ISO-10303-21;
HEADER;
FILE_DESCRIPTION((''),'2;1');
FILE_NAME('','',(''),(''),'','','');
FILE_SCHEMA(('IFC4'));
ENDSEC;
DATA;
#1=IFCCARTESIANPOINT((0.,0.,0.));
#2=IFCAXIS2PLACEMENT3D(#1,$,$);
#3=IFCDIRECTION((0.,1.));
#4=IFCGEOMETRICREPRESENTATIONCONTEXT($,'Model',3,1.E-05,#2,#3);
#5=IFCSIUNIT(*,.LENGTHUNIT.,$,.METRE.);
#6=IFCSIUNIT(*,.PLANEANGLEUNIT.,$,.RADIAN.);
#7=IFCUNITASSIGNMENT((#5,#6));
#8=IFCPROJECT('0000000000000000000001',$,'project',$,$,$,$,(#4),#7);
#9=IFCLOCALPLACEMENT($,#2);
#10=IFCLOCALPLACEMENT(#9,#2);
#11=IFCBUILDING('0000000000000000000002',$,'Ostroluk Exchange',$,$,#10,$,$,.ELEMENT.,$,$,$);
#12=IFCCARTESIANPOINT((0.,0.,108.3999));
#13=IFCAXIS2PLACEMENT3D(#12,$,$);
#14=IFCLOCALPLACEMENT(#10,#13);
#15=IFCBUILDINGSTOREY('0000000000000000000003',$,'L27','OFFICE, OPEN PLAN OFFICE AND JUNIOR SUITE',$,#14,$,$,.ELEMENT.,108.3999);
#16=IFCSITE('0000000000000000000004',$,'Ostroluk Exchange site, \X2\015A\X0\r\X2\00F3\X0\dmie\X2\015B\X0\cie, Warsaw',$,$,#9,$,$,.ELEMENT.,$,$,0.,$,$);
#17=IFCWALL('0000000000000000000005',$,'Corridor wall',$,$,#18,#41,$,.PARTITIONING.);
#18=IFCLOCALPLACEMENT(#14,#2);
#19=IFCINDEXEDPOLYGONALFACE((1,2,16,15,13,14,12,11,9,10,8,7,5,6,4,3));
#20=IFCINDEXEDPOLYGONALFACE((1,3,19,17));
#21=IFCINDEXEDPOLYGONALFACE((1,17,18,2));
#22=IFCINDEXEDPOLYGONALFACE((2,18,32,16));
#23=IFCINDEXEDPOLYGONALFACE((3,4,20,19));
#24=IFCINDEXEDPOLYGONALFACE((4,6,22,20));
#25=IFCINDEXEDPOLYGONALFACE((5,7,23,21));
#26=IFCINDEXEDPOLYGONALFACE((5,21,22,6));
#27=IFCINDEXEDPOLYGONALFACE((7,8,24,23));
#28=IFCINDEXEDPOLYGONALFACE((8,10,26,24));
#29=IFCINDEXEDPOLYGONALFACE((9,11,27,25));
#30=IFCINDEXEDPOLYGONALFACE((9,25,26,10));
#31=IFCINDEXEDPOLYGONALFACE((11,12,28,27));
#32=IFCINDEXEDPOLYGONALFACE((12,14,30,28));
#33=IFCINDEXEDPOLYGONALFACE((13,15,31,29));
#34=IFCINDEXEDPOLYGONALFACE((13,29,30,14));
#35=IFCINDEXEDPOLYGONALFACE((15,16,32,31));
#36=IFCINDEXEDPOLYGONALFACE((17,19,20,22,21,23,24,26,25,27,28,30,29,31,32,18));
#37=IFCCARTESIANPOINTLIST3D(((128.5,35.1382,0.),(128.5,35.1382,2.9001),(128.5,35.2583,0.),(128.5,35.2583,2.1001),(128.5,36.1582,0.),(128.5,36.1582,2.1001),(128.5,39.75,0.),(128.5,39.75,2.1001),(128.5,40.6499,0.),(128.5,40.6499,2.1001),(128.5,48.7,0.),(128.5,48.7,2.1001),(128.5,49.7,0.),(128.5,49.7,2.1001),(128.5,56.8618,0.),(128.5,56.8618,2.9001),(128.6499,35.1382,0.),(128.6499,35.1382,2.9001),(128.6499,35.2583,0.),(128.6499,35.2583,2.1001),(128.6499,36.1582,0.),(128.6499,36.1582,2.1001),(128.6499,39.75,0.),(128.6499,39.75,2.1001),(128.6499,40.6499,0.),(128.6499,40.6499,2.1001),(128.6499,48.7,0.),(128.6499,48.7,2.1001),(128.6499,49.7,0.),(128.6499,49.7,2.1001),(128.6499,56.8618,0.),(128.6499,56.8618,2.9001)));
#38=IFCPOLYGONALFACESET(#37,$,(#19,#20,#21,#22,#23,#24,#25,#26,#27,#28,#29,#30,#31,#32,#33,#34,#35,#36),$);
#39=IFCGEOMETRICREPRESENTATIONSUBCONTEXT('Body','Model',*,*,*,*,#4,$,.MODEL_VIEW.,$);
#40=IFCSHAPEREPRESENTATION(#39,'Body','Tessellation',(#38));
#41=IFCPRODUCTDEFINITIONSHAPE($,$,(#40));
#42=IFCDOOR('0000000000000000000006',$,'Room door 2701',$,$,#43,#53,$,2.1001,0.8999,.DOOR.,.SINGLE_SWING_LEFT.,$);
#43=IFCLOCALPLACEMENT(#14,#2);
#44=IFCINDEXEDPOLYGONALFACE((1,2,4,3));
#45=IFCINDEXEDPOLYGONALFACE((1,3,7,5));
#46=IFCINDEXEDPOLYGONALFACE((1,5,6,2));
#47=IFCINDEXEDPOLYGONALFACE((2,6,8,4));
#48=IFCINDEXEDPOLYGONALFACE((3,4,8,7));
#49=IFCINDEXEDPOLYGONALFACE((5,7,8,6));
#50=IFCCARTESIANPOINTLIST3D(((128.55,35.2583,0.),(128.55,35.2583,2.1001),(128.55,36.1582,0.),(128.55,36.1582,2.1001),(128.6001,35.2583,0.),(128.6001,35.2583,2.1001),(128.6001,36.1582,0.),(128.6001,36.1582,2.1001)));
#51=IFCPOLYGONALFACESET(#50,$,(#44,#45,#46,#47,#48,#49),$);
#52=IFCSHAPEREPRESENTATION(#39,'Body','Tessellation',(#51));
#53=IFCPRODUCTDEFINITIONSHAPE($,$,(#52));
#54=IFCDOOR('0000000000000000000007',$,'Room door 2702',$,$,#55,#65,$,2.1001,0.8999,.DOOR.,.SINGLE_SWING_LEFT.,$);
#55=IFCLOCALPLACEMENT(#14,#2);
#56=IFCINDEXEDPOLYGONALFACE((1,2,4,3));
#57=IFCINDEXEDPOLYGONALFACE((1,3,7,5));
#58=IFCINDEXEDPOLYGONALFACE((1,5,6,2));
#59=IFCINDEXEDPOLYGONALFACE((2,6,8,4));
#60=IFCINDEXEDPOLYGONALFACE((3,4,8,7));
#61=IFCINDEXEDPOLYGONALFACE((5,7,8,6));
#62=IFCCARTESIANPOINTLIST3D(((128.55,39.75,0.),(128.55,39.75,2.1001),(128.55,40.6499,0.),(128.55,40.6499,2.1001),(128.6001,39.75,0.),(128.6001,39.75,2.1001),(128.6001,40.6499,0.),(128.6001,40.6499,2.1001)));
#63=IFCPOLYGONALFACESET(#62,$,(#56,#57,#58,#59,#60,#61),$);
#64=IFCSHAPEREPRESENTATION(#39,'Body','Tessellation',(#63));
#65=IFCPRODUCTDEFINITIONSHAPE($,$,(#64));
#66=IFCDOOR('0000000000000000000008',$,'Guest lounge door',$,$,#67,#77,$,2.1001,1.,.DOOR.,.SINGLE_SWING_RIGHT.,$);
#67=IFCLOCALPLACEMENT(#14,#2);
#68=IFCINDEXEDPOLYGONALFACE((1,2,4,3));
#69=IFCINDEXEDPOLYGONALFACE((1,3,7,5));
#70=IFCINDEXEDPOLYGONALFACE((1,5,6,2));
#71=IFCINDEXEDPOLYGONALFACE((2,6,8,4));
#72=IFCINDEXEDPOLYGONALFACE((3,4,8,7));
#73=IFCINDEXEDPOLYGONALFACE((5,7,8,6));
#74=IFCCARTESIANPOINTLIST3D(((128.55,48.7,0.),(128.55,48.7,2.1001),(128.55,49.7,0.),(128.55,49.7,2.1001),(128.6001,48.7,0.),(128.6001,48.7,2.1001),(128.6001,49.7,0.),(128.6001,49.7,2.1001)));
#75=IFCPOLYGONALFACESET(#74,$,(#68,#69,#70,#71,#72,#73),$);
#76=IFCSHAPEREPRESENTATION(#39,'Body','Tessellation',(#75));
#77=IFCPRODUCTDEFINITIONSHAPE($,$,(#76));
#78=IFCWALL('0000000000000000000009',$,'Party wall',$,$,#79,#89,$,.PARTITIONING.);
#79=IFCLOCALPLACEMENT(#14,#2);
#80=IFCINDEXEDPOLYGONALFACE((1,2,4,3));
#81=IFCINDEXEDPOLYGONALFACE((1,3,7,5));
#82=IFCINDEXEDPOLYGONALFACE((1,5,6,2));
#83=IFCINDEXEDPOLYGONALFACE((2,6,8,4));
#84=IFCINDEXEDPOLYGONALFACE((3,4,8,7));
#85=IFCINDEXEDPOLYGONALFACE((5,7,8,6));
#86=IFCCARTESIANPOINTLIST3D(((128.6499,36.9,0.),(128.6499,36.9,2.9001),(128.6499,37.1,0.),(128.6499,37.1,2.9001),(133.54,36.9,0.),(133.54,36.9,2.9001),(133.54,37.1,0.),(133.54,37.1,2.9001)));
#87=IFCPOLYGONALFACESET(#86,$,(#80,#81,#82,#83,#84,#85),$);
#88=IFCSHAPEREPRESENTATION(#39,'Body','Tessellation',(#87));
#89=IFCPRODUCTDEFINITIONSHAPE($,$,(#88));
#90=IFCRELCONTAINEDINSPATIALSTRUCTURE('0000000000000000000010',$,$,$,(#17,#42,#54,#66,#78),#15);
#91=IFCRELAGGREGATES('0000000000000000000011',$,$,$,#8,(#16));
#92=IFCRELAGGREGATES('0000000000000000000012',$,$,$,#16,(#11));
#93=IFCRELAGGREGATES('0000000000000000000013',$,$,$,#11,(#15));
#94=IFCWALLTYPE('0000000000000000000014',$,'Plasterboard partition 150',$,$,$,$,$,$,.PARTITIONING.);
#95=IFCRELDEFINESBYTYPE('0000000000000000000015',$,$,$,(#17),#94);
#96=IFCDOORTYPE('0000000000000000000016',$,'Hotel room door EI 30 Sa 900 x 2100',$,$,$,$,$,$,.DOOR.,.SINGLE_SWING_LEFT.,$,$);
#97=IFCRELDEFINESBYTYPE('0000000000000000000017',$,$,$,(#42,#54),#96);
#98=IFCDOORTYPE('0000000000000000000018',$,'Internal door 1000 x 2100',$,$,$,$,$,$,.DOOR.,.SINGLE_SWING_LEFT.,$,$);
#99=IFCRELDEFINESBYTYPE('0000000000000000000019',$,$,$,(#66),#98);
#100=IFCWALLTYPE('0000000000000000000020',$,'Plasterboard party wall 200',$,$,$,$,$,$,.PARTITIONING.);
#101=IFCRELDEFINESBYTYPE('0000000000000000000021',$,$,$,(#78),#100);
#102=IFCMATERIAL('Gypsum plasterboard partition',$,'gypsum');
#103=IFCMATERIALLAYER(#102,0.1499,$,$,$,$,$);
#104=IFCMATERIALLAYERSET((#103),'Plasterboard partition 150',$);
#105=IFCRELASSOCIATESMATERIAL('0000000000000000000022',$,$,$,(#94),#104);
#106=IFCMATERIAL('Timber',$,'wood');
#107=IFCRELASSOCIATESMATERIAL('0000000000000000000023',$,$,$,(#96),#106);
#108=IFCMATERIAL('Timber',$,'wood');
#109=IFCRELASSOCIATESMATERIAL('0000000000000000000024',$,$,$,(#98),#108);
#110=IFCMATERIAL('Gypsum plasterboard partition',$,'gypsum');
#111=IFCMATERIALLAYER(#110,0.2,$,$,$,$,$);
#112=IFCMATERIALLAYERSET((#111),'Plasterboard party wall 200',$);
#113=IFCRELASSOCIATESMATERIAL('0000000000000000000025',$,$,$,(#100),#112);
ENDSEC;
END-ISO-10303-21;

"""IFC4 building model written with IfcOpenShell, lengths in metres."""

from ifc_helpers import new_model, si_unit, direction, frame, frame_2d, origin, place, context, subcontext, project, spatial, rectangle, extrude, material, layer, layer_set, type_object, element, fill, save


model = new_model("IFC4")

# Units and contexts
model_context = context("Model", 3, precision=1e-05, world=origin(), true_north=direction((0.0, 1.0)))
body_context = subcontext(model_context, "Body", "Model", "MODEL_VIEW")
ifc_project = project(units=[si_unit("LENGTHUNIT", "METRE"), si_unit("PLANEANGLEUNIT", "RADIAN")], contexts=[model_context])

# Site, building, storey
site_placement = place(None, origin())
site = spatial("IfcSite", under=ifc_project, at=site_placement, Name="Ostroluk Exchange site, Śródmieście, Warsaw", CompositionType="ELEMENT", RefElevation=0.0)
building_placement = place(site_placement, origin())
building = spatial("IfcBuilding", under=site, at=building_placement, Name="Ostroluk Exchange", CompositionType="ELEMENT")
storey_placement = place(building_placement, frame((0.0, 0.0, 108.3999)))
storey = spatial("IfcBuildingStorey", under=building, at=storey_placement, Name="L27", Description="OFFICE, OPEN PLAN OFFICE AND JUNIOR SUITE", CompositionType="ELEMENT", Elevation=108.3999)

# Wall, openings, doors
ifc_material_1 = material(Name="Gypsum plasterboard partition", Category="gypsum")
ifc_layer_1 = layer(ifc_material_1, 0.1499)
ifc_layer_set_1 = layer_set([ifc_layer_1], Name="Plasterboard partition 150")
wall_type_1 = type_object("IfcWallType", Name="Plasterboard partition 150", PredefinedType="PARTITIONING", material=ifc_layer_set_1)
wall_1_placement = place(storey_placement, frame((128.575, 35.1382, 0.0), z_axis=(0.0, 0.0, 1.0), x_axis=(0.0, 1.0, 0.0)))
wall_1 = element("IfcWall", 1, at=wall_1_placement, inside=storey, type_object=wall_type_1, Name="Corridor wall", PredefinedType="PARTITIONING", context=body_context, shape_type="SweptSolid", body=[
    extrude(rectangle(XDim=21.7236, YDim=0.1499, at=frame_2d((10.8618, 0.0))), origin(), (0.0, 0.0, 1.0), 2.9001),
])
opening_1_placement = place(wall_1_placement, frame((0.1201, 0.0, 0.0)))
opening_1 = element("IfcOpeningElement", 2, at=opening_1_placement, cuts=wall_1, PredefinedType="OPENING", context=body_context, shape_type="SweptSolid", body=[
    extrude(rectangle(XDim=0.8999, YDim=2.1001, at=frame_2d((0.45, 1.05))), frame((0.0, 0.085, 0.0), z_axis=(0.0, -1.0, 0.0), x_axis=(1.0, 0.0, 0.0)), (0.0, 0.0, 1.0), 0.1699),
])
opening_2_placement = place(wall_1_placement, frame((4.6118, 0.0, 0.0)))
opening_2 = element("IfcOpeningElement", 3, at=opening_2_placement, cuts=wall_1, PredefinedType="OPENING", context=body_context, shape_type="SweptSolid", body=[
    extrude(rectangle(XDim=0.8999, YDim=2.1001, at=frame_2d((0.45, 1.05))), frame((0.0, 0.085, 0.0), z_axis=(0.0, -1.0, 0.0), x_axis=(1.0, 0.0, 0.0)), (0.0, 0.0, 1.0), 0.1699),
])
opening_3_placement = place(wall_1_placement, frame((13.5618, 0.0, 0.0)))
opening_3 = element("IfcOpeningElement", 4, at=opening_3_placement, cuts=wall_1, PredefinedType="OPENING", context=body_context, shape_type="SweptSolid", body=[
    extrude(rectangle(XDim=1.0, YDim=2.1001, at=frame_2d((0.5, 1.05))), frame((0.0, 0.085, 0.0), z_axis=(0.0, -1.0, 0.0), x_axis=(1.0, 0.0, 0.0)), (0.0, 0.0, 1.0), 0.1699),
])
ifc_material_2 = material(Name="Timber", Category="wood")
door_type_1 = type_object("IfcDoorType", Name="Hotel room door EI 30 Sa 900 x 2100", OperationType="SINGLE_SWING_LEFT", PredefinedType="DOOR", material=ifc_material_2)
door_1_placement = place(opening_1_placement, origin())
door_1 = element("IfcDoor", 5, at=door_1_placement, inside=storey, type_object=door_type_1, Name="Room door 2701", OperationType="SINGLE_SWING_LEFT", OverallHeight=2.1001, OverallWidth=0.8999, PredefinedType="DOOR", context=body_context, shape_type="SweptSolid", body=[
    extrude(rectangle(XDim=0.8999, YDim=2.1001, at=frame_2d((0.45, 1.05))), frame((0.0, 0.0249, 0.0), z_axis=(0.0, -1.0, 0.0), x_axis=(1.0, 0.0, 0.0)), (0.0, 0.0, 1.0), 0.05),
])
fill(opening_1, door_1)
door_2_placement = place(opening_2_placement, origin())
door_2 = element("IfcDoor", 6, at=door_2_placement, inside=storey, type_object=door_type_1, Name="Room door 2702", OperationType="SINGLE_SWING_LEFT", OverallHeight=2.1001, OverallWidth=0.8999, PredefinedType="DOOR", context=body_context, shape_type="SweptSolid", body=[
    extrude(rectangle(XDim=0.8999, YDim=2.1001, at=frame_2d((0.45, 1.05))), frame((0.0, 0.0249, 0.0), z_axis=(0.0, -1.0, 0.0), x_axis=(1.0, 0.0, 0.0)), (0.0, 0.0, 1.0), 0.05),
])
fill(opening_2, door_2)
ifc_material_3 = material(Name="Timber", Category="wood")
door_type_2 = type_object("IfcDoorType", Name="Internal door 1000 x 2100", OperationType="SINGLE_SWING_LEFT", PredefinedType="DOOR", material=ifc_material_3)
door_3_placement = place(opening_3_placement, origin())
door_3 = element("IfcDoor", 7, at=door_3_placement, inside=storey, type_object=door_type_2, Name="Guest lounge door", OperationType="SINGLE_SWING_RIGHT", OverallHeight=2.1001, OverallWidth=1.0, PredefinedType="DOOR", context=body_context, shape_type="SweptSolid", body=[
    extrude(rectangle(XDim=1.0, YDim=2.1001, at=frame_2d((0.5, 1.05))), frame((0.0, 0.0249, 0.0), z_axis=(0.0, -1.0, 0.0), x_axis=(1.0, 0.0, 0.0)), (0.0, 0.0, 1.0), 0.05),
])
fill(opening_3, door_3)

# Wall
ifc_material_4 = material(Name="Gypsum plasterboard partition", Category="gypsum")
ifc_layer_2 = layer(ifc_material_4, 0.2)
ifc_layer_set_2 = layer_set([ifc_layer_2], Name="Plasterboard party wall 200")
wall_type_2 = type_object("IfcWallType", Name="Plasterboard party wall 200", PredefinedType="PARTITIONING", material=ifc_layer_set_2)
wall_2_placement = place(storey_placement, frame((128.6499, 37.0, 0.0), z_axis=(0.0, 0.0, 1.0), x_axis=(1.0, 0.0, 0.0)))
element("IfcWall", 8, at=wall_2_placement, inside=storey, type_object=wall_type_2, Name="Party wall", PredefinedType="PARTITIONING", context=body_context, shape_type="SweptSolid", body=[
    extrude(rectangle(XDim=4.8901, YDim=0.2, at=frame_2d((2.4451, 0.0))), origin(), (0.0, 0.0, 1.0), 2.9001),
])

save(model, "model.ifc")
